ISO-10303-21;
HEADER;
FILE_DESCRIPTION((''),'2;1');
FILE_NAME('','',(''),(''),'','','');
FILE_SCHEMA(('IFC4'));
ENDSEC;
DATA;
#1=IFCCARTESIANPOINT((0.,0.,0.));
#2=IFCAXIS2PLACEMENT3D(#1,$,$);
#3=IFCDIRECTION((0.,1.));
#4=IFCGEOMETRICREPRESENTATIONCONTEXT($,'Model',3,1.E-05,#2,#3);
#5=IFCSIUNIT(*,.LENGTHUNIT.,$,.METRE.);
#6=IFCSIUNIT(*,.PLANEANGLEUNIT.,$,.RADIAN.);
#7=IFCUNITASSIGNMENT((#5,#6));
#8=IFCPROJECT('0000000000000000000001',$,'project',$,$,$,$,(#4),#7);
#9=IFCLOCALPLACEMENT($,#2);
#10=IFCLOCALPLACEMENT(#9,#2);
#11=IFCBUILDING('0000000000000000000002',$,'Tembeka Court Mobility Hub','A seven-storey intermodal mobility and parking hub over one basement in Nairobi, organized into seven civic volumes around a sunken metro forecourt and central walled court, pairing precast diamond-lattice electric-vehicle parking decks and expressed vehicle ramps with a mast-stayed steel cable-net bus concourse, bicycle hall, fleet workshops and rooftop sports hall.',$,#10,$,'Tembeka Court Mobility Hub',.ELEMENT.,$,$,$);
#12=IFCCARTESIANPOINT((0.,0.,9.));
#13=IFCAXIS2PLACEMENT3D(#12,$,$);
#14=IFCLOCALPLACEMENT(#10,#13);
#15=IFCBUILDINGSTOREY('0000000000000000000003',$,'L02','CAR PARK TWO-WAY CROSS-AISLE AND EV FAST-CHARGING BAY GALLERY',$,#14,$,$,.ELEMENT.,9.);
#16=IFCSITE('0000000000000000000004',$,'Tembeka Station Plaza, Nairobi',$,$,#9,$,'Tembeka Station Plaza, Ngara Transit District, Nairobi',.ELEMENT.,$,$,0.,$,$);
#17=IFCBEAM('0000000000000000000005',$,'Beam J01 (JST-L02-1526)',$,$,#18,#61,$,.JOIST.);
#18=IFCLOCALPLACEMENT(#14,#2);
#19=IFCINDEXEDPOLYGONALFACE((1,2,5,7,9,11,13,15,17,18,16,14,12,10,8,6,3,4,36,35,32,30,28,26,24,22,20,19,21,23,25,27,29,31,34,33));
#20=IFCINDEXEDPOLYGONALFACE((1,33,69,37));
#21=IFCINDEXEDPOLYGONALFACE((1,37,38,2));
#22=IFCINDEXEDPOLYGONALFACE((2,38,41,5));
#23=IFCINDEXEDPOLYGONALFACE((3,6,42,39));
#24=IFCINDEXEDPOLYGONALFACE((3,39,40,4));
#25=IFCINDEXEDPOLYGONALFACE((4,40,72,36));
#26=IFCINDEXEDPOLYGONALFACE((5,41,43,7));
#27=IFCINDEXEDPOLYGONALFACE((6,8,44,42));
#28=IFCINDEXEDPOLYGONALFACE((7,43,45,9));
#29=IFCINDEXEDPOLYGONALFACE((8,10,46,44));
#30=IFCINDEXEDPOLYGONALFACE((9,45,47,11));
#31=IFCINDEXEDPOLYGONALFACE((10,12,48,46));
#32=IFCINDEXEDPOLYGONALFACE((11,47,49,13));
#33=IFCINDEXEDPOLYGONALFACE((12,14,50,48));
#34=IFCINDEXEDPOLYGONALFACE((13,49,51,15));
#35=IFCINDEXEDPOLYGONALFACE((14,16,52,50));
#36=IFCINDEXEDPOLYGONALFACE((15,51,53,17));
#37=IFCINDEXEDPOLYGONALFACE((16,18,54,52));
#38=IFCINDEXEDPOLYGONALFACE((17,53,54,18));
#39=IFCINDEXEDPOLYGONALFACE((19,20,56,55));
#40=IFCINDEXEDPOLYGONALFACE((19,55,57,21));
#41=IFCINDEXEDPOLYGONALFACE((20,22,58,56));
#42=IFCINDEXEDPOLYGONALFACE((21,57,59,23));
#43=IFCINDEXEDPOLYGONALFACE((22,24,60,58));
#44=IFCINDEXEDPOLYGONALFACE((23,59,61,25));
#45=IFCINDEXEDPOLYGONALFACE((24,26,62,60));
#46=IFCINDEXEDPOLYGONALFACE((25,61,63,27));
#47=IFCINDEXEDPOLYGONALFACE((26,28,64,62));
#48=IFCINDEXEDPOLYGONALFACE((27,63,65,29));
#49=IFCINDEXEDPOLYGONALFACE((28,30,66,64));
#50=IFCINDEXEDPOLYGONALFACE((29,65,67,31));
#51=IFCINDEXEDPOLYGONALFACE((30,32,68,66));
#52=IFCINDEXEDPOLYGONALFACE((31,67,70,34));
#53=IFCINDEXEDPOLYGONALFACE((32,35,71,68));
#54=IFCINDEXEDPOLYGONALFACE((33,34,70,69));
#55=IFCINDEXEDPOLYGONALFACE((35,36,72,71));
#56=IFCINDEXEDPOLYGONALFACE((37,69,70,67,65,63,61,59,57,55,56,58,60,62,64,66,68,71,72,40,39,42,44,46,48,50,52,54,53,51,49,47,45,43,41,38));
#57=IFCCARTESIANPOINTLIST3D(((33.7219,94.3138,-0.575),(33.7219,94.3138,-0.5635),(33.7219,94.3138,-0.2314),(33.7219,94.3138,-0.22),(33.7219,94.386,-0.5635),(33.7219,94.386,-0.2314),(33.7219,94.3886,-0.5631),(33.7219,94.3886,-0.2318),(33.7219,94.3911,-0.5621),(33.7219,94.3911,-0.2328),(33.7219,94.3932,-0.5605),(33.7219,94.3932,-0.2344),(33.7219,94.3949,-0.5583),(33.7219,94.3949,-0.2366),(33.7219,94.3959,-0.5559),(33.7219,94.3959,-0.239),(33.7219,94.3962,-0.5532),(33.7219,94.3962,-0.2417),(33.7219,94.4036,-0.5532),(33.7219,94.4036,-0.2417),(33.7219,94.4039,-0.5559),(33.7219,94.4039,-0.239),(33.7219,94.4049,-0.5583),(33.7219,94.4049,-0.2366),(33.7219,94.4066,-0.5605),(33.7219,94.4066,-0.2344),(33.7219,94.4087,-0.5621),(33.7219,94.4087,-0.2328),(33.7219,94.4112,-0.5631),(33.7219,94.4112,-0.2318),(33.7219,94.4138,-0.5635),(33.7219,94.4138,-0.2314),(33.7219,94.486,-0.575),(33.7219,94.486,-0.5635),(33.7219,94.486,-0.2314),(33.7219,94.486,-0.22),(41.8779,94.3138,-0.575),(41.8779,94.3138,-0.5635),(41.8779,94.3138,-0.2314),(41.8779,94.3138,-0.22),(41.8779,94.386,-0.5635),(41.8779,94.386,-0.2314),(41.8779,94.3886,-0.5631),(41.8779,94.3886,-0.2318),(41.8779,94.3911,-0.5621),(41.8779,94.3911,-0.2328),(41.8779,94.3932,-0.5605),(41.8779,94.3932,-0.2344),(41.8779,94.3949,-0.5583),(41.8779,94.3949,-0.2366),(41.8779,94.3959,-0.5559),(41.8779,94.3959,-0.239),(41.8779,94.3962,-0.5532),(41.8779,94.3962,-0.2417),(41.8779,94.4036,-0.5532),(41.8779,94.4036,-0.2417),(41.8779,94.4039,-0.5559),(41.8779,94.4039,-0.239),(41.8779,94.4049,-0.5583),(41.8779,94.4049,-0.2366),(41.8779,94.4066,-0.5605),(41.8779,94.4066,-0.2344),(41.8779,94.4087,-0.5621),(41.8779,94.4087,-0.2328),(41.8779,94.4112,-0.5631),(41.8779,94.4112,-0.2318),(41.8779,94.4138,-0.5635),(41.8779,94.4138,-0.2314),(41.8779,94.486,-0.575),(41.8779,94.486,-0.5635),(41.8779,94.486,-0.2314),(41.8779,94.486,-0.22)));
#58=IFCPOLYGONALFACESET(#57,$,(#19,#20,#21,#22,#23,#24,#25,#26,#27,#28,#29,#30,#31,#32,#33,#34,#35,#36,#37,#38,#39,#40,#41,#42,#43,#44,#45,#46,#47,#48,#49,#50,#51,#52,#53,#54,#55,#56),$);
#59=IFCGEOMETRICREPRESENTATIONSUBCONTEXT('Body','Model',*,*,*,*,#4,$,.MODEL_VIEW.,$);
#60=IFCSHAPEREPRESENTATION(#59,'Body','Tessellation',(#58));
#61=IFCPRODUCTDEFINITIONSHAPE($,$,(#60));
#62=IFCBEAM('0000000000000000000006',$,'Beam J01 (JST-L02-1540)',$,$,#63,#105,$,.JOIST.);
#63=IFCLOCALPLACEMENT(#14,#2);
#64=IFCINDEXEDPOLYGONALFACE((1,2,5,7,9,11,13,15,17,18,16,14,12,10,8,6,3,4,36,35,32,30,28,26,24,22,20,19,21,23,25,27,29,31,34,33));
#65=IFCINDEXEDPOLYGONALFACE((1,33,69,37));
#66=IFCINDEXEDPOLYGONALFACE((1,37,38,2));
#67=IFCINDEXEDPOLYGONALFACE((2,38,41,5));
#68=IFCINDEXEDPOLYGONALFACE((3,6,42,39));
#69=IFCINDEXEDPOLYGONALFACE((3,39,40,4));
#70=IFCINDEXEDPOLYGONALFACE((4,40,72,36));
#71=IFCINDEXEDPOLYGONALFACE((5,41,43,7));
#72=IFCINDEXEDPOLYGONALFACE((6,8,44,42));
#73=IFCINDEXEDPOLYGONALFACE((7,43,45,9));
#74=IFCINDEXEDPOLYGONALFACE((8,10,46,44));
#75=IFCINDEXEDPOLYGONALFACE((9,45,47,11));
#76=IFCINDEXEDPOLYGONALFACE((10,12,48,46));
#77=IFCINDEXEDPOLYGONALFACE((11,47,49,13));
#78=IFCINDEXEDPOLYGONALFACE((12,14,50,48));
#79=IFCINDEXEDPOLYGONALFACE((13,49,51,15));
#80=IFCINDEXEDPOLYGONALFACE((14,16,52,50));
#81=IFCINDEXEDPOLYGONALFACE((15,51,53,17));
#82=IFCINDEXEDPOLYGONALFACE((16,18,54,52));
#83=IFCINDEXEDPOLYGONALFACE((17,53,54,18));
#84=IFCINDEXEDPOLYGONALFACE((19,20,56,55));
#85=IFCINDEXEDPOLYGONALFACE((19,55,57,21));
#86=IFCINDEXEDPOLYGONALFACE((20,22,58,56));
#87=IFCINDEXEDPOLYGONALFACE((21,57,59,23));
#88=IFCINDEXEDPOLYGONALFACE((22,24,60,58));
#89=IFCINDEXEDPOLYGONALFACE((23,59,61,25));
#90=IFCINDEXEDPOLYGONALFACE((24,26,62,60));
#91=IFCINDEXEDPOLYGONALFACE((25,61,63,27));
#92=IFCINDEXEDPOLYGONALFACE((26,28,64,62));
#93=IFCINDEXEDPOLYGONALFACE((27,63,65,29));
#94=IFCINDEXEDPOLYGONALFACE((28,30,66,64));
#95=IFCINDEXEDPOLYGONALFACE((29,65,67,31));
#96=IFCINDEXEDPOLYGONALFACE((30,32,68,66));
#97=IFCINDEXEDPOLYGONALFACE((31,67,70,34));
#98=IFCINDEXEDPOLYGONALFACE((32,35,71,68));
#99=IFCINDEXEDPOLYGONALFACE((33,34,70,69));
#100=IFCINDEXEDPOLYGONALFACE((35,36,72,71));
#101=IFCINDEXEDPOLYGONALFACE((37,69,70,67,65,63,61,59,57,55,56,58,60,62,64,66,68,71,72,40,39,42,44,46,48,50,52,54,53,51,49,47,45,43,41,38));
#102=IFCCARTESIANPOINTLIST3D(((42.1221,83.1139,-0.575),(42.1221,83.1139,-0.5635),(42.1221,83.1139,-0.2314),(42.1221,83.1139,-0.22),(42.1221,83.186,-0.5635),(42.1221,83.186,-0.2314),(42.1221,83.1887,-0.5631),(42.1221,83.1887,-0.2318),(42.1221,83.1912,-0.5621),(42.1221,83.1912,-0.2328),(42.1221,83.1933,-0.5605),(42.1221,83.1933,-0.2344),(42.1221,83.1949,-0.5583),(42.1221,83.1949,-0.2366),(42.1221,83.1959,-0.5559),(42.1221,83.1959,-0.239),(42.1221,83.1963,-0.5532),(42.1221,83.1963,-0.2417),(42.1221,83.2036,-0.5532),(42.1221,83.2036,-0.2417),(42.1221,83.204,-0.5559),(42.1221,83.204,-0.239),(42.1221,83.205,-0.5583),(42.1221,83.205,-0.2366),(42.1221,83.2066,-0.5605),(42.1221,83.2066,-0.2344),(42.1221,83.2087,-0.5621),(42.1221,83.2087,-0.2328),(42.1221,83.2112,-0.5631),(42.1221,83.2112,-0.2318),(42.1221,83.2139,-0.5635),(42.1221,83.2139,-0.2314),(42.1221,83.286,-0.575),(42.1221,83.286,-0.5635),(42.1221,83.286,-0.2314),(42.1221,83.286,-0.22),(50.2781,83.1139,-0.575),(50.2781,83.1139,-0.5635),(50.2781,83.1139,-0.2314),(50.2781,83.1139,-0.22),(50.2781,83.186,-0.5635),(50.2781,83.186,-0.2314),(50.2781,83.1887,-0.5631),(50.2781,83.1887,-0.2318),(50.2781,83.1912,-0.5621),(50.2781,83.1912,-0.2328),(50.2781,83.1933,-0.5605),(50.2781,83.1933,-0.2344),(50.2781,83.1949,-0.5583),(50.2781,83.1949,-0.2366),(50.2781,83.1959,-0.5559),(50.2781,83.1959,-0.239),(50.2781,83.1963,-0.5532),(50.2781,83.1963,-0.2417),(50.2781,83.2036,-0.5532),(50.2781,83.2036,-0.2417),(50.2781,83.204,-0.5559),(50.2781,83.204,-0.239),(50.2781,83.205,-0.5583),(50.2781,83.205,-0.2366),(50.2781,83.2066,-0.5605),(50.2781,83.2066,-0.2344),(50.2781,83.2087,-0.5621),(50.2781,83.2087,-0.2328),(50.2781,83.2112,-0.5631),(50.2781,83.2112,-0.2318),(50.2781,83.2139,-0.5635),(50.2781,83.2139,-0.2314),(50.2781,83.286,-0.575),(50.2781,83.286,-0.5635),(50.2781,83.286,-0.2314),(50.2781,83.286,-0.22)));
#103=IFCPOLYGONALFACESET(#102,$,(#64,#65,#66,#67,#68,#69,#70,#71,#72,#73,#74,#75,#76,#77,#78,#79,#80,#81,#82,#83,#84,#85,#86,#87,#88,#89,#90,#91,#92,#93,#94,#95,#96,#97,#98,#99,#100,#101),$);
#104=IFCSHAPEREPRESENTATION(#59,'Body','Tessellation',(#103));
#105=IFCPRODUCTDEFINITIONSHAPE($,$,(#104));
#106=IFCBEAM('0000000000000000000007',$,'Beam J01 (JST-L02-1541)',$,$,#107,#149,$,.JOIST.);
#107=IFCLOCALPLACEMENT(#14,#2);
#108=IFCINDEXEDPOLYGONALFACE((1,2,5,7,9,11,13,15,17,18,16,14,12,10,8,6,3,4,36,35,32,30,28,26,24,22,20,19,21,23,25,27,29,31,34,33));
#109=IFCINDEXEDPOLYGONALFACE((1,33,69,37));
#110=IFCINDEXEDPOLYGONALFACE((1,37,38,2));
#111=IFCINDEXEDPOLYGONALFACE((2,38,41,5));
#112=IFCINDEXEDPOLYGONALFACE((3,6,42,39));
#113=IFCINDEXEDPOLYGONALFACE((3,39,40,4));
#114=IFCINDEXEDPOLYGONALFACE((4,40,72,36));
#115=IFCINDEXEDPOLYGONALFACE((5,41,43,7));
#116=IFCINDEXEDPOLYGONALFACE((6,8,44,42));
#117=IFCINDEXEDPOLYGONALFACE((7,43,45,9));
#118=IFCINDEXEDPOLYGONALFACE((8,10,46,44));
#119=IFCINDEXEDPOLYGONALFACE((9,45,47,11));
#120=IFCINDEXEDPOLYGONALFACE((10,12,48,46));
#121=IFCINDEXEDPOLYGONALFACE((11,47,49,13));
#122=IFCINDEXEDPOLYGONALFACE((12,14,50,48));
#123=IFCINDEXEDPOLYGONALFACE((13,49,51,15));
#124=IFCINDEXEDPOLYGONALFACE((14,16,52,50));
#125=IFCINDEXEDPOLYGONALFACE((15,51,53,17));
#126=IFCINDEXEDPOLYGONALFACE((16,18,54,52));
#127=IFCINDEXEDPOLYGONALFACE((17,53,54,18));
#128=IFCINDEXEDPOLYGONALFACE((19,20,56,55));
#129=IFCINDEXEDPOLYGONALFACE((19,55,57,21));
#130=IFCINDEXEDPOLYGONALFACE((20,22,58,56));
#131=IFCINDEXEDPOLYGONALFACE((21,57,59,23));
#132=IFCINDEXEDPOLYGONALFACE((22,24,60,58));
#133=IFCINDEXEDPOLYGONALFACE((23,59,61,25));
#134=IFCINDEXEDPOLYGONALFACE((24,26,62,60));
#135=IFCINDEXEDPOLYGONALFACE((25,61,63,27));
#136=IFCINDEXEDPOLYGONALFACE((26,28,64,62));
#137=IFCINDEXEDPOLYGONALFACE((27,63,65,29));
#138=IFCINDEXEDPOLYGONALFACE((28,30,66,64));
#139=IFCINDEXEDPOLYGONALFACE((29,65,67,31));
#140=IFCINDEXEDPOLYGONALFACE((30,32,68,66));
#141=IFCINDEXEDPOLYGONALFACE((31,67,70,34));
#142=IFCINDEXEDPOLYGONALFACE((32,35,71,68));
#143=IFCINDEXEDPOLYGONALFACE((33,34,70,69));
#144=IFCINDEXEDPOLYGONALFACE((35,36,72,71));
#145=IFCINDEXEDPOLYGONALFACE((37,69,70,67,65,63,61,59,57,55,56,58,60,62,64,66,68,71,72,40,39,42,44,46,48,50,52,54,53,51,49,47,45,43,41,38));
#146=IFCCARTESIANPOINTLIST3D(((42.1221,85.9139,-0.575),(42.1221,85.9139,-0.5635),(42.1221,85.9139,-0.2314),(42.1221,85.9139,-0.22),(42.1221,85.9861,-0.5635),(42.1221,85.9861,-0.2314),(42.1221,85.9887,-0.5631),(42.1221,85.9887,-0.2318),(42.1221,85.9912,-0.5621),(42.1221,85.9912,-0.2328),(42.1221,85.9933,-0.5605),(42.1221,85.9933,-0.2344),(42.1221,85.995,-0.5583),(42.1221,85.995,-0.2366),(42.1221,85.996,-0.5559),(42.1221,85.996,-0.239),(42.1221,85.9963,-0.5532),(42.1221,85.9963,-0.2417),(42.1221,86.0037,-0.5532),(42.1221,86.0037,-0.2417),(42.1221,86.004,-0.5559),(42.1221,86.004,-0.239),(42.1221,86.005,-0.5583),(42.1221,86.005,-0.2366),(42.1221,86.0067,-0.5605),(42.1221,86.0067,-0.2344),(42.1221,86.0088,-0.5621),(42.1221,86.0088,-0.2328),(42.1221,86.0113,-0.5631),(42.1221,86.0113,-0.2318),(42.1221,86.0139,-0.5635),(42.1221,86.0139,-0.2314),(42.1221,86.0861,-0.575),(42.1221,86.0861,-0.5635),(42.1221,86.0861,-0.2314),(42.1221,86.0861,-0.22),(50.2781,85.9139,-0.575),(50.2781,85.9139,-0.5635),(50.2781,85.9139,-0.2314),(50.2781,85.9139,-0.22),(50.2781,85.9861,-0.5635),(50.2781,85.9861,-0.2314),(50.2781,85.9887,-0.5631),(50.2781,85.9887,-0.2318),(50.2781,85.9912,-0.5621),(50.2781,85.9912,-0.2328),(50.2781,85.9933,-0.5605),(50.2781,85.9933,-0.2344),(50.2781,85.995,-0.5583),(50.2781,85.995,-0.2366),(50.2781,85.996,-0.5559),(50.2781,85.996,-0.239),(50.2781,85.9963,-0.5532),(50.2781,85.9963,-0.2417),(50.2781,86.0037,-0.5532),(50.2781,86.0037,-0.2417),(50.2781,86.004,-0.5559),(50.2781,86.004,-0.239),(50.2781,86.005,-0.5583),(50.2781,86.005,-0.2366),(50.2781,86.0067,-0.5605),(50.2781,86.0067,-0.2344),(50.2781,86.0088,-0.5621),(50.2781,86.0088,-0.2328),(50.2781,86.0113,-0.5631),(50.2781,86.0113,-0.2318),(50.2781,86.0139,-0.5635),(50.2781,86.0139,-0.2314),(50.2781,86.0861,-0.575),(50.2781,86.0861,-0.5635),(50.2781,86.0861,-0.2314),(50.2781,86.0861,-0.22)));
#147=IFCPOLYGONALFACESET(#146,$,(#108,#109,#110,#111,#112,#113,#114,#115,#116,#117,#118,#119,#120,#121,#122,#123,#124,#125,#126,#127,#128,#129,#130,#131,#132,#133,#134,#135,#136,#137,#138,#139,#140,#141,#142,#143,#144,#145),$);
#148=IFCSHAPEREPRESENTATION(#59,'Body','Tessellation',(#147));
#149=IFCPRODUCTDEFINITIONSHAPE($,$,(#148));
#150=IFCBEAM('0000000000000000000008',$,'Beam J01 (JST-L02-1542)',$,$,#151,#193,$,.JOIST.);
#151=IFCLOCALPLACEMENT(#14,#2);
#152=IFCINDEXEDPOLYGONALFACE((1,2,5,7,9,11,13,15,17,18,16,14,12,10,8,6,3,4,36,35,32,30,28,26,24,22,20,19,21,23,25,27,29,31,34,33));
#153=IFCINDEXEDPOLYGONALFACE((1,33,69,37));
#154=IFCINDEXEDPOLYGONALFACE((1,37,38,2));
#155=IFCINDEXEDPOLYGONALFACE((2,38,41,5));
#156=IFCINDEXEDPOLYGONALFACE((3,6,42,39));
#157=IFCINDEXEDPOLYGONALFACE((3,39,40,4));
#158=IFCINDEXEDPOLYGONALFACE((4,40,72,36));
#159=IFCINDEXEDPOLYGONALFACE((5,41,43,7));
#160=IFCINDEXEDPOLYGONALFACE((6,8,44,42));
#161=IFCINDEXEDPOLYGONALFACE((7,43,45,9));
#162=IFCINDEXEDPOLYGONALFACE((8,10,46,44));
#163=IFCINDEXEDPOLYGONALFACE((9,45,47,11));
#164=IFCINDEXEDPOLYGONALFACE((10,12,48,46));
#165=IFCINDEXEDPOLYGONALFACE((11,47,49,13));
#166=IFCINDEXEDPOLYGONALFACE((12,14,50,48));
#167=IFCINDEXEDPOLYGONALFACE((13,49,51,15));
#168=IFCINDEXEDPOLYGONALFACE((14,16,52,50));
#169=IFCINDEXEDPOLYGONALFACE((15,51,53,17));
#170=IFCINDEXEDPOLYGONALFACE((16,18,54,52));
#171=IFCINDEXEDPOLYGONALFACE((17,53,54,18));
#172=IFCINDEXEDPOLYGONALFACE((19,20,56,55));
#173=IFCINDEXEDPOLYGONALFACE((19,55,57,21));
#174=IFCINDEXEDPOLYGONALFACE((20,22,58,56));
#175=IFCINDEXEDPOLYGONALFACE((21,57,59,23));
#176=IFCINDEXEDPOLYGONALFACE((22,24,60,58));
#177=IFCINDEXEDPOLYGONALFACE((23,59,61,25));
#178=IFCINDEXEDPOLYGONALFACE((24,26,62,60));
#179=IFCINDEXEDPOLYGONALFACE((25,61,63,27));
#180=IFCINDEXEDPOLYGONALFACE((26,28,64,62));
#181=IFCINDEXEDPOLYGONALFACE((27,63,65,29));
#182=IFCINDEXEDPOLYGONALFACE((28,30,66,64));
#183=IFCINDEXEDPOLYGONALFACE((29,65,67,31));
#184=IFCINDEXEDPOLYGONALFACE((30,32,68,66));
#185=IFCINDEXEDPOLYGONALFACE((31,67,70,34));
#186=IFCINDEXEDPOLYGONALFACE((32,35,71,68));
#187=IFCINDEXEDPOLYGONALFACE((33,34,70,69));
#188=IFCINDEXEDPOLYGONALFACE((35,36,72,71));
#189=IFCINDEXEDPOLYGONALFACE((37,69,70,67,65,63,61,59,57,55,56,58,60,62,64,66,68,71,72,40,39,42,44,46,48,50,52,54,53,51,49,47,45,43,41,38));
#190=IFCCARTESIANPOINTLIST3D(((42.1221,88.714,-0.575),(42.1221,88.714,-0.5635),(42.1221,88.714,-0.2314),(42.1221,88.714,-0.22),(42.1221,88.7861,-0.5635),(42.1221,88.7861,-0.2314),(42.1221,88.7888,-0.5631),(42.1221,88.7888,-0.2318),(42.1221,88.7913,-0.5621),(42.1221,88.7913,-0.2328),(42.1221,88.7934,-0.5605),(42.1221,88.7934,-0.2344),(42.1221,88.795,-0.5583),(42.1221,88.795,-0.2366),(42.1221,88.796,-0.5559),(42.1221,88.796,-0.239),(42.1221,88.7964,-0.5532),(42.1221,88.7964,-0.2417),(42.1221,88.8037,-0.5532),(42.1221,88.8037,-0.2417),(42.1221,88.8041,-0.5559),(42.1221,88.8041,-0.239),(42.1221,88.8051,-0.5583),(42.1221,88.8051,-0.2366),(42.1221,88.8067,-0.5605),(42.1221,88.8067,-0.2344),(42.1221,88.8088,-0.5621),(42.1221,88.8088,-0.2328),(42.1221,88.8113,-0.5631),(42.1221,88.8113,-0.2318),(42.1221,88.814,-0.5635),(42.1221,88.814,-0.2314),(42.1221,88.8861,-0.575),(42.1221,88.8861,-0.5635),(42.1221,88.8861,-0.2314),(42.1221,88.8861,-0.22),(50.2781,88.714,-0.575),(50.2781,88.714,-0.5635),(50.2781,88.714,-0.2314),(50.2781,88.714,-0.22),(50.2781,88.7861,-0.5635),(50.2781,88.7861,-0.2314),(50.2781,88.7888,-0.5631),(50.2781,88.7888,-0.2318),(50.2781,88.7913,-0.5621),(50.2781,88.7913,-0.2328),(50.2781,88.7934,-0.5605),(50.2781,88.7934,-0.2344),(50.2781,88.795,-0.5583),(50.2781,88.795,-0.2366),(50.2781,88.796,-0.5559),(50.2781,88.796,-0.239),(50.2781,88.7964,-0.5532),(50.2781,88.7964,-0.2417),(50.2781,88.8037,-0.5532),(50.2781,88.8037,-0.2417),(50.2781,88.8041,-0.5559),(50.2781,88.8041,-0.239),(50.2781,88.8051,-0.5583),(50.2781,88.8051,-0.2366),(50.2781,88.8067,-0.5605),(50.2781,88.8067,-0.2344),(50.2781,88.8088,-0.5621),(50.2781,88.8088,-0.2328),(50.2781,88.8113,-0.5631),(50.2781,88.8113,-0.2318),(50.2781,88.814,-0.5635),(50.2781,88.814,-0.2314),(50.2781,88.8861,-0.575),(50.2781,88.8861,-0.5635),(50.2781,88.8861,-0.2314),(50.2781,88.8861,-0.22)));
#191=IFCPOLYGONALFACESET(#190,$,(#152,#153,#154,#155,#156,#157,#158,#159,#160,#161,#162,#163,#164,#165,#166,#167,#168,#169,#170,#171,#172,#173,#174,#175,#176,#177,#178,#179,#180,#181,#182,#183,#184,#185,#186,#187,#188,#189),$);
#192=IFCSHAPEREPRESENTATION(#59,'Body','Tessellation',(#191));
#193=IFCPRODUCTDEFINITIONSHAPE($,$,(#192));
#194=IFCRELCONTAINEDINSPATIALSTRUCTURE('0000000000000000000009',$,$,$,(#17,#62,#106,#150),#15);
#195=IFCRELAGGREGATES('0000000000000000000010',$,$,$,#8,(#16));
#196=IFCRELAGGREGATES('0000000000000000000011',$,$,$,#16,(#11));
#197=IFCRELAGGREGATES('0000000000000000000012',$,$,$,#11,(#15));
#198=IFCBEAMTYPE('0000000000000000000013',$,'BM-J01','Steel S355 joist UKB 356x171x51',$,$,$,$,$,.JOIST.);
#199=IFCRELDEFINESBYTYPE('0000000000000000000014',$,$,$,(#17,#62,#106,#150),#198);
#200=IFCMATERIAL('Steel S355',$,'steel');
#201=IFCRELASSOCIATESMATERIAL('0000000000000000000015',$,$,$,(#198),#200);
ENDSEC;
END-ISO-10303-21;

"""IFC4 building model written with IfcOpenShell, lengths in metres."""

from ifc_helpers import new_model, si_unit, direction, frame, origin, origin_2d, place, context, subcontext, project, spatial, i_section, extrude, material, material_profile, profile_set, type_object, element, save


model = new_model("IFC4")

# Units and contexts
model_context = context("Model", 3, precision=1e-05, world=origin(), true_north=direction((0.0, 1.0)))
body_context = subcontext(model_context, "Body", "Model", "MODEL_VIEW")
ifc_project = project(units=[si_unit("LENGTHUNIT", "METRE"), si_unit("PLANEANGLEUNIT", "RADIAN")], contexts=[model_context])

# Site, building, storey
site_placement = place(None, origin())
site = spatial("IfcSite", under=ifc_project, at=site_placement, Name="Tembeka Station Plaza, Nairobi", LongName="Tembeka Station Plaza, Ngara Transit District, Nairobi", CompositionType="ELEMENT", RefElevation=0.0)
building_placement = place(site_placement, origin())
building = spatial("IfcBuilding", under=site, at=building_placement, Name="Tembeka Court Mobility Hub", Description="A seven-storey intermodal mobility and parking hub over one basement in Nairobi, organized into seven civic volumes around a sunken metro forecourt and central walled court, pairing precast diamond-lattice electric-vehicle parking decks and expressed vehicle ramps with a mast-stayed steel cable-net bus concourse, bicycle hall, fleet workshops and rooftop sports hall.", LongName="Tembeka Court Mobility Hub", CompositionType="ELEMENT")
storey_placement = place(building_placement, frame((0.0, 0.0, 9.0)))
storey = spatial("IfcBuildingStorey", under=building, at=storey_placement, Name="L02", Description="CAR PARK TWO-WAY CROSS-AISLE AND EV FAST-CHARGING BAY GALLERY", CompositionType="ELEMENT", Elevation=9.0)

# Shared definitions
ifc_material_1 = material(Name="Steel S355", Category="steel")

# Beams
ifc_material_profile_1 = material_profile(ifc_material_1, i_section(OverallWidth=0.1721, OverallDepth=0.355, WebThickness=0.0073, FlangeThickness=0.0115, FilletRadius=0.0103, at=origin_2d()), Name="UKB 356x171x51")
ifc_profile_set_1 = profile_set([ifc_material_profile_1], Name="Steel S355")
beam_type_1 = type_object("IfcBeamType", Name="BM-J01", Description="Steel S355 joist UKB 356x171x51", PredefinedType="JOIST", material=ifc_profile_set_1)
for number, where, z_axis, x_axis, name in (
    (1, (33.7219, 94.3999, -0.3975), (1.0, 0.0, 0.0), (0.0, 1.0, 0.0), "Beam J01 (JST-L02-1526)"),
    (2, (42.1221, 83.2, -0.3975), (1.0, 0.0, 0.0), (0.0, 1.0, 0.0), "Beam J01 (JST-L02-1540)"),
    (3, (42.1221, 86.0, -0.3975), (1.0, 0.0, 0.0), (0.0, 1.0, 0.0), "Beam J01 (JST-L02-1541)"),
    (4, (42.1221, 88.8, -0.3975), (1.0, 0.0, 0.0), (0.0, 1.0, 0.0), "Beam J01 (JST-L02-1542)"),
):
    element("IfcBeam", number, at=place(storey_placement, frame(where, z_axis=z_axis, x_axis=x_axis)), inside=storey, type_object=beam_type_1, Name=name, PredefinedType="JOIST", context=body_context, shape_type="SweptSolid", body=[
        extrude(i_section(OverallWidth=0.1721, OverallDepth=0.355, WebThickness=0.0073, FlangeThickness=0.0115, FilletRadius=0.0103, at=origin_2d()), origin(), (0.0, 0.0, 1.0), 8.156),
    ])

save(model, "model.ifc")
